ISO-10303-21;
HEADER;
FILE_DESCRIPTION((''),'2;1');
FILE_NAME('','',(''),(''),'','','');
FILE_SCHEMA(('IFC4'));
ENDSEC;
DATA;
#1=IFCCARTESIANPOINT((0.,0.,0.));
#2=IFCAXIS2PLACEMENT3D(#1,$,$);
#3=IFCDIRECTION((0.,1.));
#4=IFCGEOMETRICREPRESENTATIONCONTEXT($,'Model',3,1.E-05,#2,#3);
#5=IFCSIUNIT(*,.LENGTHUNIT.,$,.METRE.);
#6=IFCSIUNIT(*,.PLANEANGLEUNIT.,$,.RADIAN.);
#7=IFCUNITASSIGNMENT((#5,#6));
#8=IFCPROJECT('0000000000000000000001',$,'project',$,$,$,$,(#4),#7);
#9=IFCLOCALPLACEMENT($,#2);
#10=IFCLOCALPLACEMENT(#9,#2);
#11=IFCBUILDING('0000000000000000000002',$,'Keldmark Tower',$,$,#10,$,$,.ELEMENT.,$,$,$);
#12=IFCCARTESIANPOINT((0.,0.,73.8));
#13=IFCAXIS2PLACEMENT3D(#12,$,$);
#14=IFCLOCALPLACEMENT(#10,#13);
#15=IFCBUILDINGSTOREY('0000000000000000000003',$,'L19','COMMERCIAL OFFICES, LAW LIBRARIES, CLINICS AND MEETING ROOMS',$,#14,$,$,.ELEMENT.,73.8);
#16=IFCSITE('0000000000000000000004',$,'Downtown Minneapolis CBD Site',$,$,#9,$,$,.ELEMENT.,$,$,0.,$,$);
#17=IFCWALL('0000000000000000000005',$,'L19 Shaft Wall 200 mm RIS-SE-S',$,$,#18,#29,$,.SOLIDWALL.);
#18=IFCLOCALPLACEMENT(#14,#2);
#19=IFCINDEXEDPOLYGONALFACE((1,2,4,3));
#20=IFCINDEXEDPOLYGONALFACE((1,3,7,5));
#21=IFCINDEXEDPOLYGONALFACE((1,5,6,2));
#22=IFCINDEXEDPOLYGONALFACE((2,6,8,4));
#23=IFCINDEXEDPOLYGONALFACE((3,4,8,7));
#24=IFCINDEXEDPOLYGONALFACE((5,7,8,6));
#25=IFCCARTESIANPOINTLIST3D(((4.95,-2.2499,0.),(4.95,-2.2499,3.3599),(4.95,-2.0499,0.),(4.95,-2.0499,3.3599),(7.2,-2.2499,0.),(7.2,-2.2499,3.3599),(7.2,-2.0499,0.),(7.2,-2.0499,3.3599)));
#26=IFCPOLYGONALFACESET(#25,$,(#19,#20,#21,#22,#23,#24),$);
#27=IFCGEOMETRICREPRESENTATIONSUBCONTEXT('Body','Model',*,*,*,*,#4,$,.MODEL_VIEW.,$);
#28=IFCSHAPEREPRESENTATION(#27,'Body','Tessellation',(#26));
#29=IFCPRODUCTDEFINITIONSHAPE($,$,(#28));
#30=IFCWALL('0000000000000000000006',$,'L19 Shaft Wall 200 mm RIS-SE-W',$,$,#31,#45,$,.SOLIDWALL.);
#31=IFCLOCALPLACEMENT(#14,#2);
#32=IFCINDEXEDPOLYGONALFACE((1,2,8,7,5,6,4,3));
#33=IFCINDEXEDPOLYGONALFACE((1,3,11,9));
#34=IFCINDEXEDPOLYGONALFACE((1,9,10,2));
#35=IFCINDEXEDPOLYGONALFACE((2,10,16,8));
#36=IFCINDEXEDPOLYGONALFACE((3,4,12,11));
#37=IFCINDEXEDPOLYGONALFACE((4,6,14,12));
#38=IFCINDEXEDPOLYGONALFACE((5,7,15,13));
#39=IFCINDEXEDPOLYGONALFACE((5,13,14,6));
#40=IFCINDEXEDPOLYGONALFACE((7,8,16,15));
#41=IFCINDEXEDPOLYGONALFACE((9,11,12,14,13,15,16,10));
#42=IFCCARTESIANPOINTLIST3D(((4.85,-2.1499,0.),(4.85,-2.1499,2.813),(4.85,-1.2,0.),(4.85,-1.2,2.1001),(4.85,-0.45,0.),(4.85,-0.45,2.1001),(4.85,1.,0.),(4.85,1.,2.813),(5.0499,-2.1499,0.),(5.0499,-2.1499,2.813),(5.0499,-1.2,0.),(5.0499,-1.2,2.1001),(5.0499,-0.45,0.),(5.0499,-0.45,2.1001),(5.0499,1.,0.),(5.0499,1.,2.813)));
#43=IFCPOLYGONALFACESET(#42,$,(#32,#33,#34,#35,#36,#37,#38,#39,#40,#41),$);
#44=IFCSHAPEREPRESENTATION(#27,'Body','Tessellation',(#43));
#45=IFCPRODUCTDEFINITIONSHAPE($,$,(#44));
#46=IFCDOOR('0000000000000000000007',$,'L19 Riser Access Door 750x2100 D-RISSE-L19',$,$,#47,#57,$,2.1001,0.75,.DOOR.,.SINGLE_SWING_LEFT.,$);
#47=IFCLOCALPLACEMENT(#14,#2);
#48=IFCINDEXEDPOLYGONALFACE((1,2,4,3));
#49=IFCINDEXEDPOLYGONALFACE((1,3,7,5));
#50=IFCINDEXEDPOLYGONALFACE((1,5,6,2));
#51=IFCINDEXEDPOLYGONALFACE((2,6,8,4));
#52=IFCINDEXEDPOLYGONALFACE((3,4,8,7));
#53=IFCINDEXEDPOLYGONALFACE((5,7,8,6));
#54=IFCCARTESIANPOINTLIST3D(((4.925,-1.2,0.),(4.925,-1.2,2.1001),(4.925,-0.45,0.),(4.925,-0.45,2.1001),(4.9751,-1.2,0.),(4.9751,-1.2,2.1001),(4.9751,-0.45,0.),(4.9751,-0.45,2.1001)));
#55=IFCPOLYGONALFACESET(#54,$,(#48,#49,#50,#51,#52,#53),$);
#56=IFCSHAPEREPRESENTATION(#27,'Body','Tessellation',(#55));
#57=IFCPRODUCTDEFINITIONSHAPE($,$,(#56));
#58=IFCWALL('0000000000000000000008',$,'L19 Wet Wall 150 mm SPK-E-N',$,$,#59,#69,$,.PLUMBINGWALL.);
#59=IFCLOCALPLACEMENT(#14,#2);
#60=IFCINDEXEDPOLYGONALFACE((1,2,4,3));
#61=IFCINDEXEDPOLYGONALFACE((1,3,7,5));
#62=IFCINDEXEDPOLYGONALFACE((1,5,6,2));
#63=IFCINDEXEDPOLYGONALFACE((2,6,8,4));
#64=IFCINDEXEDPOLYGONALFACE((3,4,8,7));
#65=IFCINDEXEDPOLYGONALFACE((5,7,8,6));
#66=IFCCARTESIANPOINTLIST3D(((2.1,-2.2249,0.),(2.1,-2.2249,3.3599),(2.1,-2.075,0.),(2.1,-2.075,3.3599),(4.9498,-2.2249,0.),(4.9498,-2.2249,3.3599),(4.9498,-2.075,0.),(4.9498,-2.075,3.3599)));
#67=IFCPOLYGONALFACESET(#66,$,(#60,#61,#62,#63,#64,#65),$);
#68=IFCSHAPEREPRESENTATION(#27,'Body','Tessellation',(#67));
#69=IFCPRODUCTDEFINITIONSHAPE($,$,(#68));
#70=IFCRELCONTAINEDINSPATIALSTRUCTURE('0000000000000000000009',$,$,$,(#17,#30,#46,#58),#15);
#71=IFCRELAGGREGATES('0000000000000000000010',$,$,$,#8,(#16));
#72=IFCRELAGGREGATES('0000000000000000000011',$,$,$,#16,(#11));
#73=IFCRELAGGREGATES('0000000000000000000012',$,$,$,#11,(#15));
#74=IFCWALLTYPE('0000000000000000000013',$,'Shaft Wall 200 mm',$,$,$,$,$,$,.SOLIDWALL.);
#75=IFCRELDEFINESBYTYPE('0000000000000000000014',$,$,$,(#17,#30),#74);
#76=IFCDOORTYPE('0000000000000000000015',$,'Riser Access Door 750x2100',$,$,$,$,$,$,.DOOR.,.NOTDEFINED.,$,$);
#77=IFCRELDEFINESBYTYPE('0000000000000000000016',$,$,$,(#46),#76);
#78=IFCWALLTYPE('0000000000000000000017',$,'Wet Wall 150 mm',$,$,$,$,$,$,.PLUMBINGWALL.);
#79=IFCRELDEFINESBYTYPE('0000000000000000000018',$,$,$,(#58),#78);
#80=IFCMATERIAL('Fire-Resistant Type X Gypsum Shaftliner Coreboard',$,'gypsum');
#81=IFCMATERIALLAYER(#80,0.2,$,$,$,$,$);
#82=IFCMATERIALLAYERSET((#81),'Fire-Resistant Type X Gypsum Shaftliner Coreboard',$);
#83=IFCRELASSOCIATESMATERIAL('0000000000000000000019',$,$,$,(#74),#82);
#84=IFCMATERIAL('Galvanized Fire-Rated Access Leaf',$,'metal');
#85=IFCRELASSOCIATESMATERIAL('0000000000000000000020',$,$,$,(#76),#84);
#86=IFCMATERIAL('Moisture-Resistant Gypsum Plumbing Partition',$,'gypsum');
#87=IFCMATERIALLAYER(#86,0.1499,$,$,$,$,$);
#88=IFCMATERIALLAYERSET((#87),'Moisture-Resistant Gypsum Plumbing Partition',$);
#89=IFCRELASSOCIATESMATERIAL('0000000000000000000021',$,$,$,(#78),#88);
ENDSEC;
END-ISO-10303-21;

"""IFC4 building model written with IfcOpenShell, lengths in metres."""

from ifc_helpers import new_model, si_unit, direction, frame, frame_2d, origin, place, context, subcontext, project, spatial, rectangle, extrude, material, layer, layer_set, type_object, element, fill, save


model = new_model("IFC4")

# Units and contexts
model_context = context("Model", 3, precision=1e-05, world=origin(), true_north=direction((0.0, 1.0)))
body_context = subcontext(model_context, "Body", "Model", "MODEL_VIEW")
ifc_project = project(units=[si_unit("LENGTHUNIT", "METRE"), si_unit("PLANEANGLEUNIT", "RADIAN")], contexts=[model_context])

# Site, building, storey
site_placement = place(None, origin())
site = spatial("IfcSite", under=ifc_project, at=site_placement, Name="Downtown Minneapolis CBD Site", CompositionType="ELEMENT", RefElevation=0.0)
building_placement = place(site_placement, origin())
building = spatial("IfcBuilding", under=site, at=building_placement, Name="Keldmark Tower", CompositionType="ELEMENT")
storey_placement = place(building_placement, frame((0.0, 0.0, 73.8)))
storey = spatial("IfcBuildingStorey", under=building, at=storey_placement, Name="L19", Description="COMMERCIAL OFFICES, LAW LIBRARIES, CLINICS AND MEETING ROOMS", CompositionType="ELEMENT", Elevation=73.8)

# Wall
ifc_material_1 = material(Name="Fire-Resistant Type X Gypsum Shaftliner Coreboard", Category="gypsum")
ifc_layer_1 = layer(ifc_material_1, 0.2)
ifc_layer_set_1 = layer_set([ifc_layer_1], Name="Fire-Resistant Type X Gypsum Shaftliner Coreboard")
wall_type_1 = type_object("IfcWallType", Name="Shaft Wall 200 mm", PredefinedType="SOLIDWALL", material=ifc_layer_set_1)
wall_1_placement = place(storey_placement, frame((4.95, -2.1499, 0.0), z_axis=(0.0, 0.0, 1.0), x_axis=(1.0, 0.0, 0.0)))
element("IfcWall", 1, at=wall_1_placement, inside=storey, type_object=wall_type_1, Name="L19 Shaft Wall 200 mm RIS-SE-S", PredefinedType="SOLIDWALL", context=body_context, shape_type="SweptSolid", body=[
    extrude(rectangle(XDim=2.25, YDim=0.2, at=frame_2d((1.125, 0.0))), origin(), (0.0, 0.0, 1.0), 3.3599),
])

# Wall, opening, door
wall_2_placement = place(storey_placement, frame((4.95, -2.1499, 0.0), z_axis=(0.0, 0.0, 1.0), x_axis=(0.0, 1.0, 0.0)))
wall_2 = element("IfcWall", 2, at=wall_2_placement, inside=storey, type_object=wall_type_1, Name="L19 Shaft Wall 200 mm RIS-SE-W", PredefinedType="SOLIDWALL", context=body_context, shape_type="SweptSolid", body=[
    extrude(rectangle(XDim=3.1499, YDim=0.2, at=frame_2d((1.575, 0.0))), origin(), (0.0, 0.0, 1.0), 2.813),
])
opening_1_placement = place(wall_2_placement, frame((0.95, 0.0, 0.0)))
opening_1 = element("IfcOpeningElement", 3, at=opening_1_placement, cuts=wall_2, PredefinedType="OPENING", context=body_context, shape_type="SweptSolid", body=[
    extrude(rectangle(XDim=0.75, YDim=2.1001, at=frame_2d((0.375, 1.05))), frame((0.0, 0.1099, 0.0), z_axis=(0.0, -1.0, 0.0), x_axis=(1.0, 0.0, 0.0)), (0.0, 0.0, 1.0), 0.22),
])
ifc_material_2 = material(Name="Galvanized Fire-Rated Access Leaf", Category="metal")
door_type_1 = type_object("IfcDoorType", Name="Riser Access Door 750x2100", OperationType="NOTDEFINED", PredefinedType="DOOR", material=ifc_material_2)
door_1_placement = place(opening_1_placement, origin())
door_1 = element("IfcDoor", 4, at=door_1_placement, inside=storey, type_object=door_type_1, Name="L19 Riser Access Door 750x2100 D-RISSE-L19", OperationType="SINGLE_SWING_LEFT", OverallHeight=2.1001, OverallWidth=0.75, PredefinedType="DOOR", context=body_context, shape_type="SweptSolid", body=[
    extrude(rectangle(XDim=0.75, YDim=2.1001, at=frame_2d((0.375, 1.05))), frame((0.0, 0.0249, 0.0), z_axis=(0.0, -1.0, 0.0), x_axis=(1.0, 0.0, 0.0)), (0.0, 0.0, 1.0), 0.05),
])
fill(opening_1, door_1)

# Wall
ifc_material_3 = material(Name="Moisture-Resistant Gypsum Plumbing Partition", Category="gypsum")
ifc_layer_2 = layer(ifc_material_3, 0.1499)
ifc_layer_set_2 = layer_set([ifc_layer_2], Name="Moisture-Resistant Gypsum Plumbing Partition")
wall_type_2 = type_object("IfcWallType", Name="Wet Wall 150 mm", PredefinedType="PLUMBINGWALL", material=ifc_layer_set_2)
wall_3_placement = place(storey_placement, frame((2.1001, -2.1499, 0.0), z_axis=(0.0, 0.0, 1.0), x_axis=(1.0, 0.0, 0.0)))
element("IfcWall", 5, at=wall_3_placement, inside=storey, type_object=wall_type_2, Name="L19 Wet Wall 150 mm SPK-E-N", PredefinedType="PLUMBINGWALL", context=body_context, shape_type="SweptSolid", body=[
    extrude(rectangle(XDim=2.8499, YDim=0.1499, at=frame_2d((1.4248, 0.0))), origin(), (0.0, 0.0, 1.0), 3.3599),
])

save(model, "model.ifc")
